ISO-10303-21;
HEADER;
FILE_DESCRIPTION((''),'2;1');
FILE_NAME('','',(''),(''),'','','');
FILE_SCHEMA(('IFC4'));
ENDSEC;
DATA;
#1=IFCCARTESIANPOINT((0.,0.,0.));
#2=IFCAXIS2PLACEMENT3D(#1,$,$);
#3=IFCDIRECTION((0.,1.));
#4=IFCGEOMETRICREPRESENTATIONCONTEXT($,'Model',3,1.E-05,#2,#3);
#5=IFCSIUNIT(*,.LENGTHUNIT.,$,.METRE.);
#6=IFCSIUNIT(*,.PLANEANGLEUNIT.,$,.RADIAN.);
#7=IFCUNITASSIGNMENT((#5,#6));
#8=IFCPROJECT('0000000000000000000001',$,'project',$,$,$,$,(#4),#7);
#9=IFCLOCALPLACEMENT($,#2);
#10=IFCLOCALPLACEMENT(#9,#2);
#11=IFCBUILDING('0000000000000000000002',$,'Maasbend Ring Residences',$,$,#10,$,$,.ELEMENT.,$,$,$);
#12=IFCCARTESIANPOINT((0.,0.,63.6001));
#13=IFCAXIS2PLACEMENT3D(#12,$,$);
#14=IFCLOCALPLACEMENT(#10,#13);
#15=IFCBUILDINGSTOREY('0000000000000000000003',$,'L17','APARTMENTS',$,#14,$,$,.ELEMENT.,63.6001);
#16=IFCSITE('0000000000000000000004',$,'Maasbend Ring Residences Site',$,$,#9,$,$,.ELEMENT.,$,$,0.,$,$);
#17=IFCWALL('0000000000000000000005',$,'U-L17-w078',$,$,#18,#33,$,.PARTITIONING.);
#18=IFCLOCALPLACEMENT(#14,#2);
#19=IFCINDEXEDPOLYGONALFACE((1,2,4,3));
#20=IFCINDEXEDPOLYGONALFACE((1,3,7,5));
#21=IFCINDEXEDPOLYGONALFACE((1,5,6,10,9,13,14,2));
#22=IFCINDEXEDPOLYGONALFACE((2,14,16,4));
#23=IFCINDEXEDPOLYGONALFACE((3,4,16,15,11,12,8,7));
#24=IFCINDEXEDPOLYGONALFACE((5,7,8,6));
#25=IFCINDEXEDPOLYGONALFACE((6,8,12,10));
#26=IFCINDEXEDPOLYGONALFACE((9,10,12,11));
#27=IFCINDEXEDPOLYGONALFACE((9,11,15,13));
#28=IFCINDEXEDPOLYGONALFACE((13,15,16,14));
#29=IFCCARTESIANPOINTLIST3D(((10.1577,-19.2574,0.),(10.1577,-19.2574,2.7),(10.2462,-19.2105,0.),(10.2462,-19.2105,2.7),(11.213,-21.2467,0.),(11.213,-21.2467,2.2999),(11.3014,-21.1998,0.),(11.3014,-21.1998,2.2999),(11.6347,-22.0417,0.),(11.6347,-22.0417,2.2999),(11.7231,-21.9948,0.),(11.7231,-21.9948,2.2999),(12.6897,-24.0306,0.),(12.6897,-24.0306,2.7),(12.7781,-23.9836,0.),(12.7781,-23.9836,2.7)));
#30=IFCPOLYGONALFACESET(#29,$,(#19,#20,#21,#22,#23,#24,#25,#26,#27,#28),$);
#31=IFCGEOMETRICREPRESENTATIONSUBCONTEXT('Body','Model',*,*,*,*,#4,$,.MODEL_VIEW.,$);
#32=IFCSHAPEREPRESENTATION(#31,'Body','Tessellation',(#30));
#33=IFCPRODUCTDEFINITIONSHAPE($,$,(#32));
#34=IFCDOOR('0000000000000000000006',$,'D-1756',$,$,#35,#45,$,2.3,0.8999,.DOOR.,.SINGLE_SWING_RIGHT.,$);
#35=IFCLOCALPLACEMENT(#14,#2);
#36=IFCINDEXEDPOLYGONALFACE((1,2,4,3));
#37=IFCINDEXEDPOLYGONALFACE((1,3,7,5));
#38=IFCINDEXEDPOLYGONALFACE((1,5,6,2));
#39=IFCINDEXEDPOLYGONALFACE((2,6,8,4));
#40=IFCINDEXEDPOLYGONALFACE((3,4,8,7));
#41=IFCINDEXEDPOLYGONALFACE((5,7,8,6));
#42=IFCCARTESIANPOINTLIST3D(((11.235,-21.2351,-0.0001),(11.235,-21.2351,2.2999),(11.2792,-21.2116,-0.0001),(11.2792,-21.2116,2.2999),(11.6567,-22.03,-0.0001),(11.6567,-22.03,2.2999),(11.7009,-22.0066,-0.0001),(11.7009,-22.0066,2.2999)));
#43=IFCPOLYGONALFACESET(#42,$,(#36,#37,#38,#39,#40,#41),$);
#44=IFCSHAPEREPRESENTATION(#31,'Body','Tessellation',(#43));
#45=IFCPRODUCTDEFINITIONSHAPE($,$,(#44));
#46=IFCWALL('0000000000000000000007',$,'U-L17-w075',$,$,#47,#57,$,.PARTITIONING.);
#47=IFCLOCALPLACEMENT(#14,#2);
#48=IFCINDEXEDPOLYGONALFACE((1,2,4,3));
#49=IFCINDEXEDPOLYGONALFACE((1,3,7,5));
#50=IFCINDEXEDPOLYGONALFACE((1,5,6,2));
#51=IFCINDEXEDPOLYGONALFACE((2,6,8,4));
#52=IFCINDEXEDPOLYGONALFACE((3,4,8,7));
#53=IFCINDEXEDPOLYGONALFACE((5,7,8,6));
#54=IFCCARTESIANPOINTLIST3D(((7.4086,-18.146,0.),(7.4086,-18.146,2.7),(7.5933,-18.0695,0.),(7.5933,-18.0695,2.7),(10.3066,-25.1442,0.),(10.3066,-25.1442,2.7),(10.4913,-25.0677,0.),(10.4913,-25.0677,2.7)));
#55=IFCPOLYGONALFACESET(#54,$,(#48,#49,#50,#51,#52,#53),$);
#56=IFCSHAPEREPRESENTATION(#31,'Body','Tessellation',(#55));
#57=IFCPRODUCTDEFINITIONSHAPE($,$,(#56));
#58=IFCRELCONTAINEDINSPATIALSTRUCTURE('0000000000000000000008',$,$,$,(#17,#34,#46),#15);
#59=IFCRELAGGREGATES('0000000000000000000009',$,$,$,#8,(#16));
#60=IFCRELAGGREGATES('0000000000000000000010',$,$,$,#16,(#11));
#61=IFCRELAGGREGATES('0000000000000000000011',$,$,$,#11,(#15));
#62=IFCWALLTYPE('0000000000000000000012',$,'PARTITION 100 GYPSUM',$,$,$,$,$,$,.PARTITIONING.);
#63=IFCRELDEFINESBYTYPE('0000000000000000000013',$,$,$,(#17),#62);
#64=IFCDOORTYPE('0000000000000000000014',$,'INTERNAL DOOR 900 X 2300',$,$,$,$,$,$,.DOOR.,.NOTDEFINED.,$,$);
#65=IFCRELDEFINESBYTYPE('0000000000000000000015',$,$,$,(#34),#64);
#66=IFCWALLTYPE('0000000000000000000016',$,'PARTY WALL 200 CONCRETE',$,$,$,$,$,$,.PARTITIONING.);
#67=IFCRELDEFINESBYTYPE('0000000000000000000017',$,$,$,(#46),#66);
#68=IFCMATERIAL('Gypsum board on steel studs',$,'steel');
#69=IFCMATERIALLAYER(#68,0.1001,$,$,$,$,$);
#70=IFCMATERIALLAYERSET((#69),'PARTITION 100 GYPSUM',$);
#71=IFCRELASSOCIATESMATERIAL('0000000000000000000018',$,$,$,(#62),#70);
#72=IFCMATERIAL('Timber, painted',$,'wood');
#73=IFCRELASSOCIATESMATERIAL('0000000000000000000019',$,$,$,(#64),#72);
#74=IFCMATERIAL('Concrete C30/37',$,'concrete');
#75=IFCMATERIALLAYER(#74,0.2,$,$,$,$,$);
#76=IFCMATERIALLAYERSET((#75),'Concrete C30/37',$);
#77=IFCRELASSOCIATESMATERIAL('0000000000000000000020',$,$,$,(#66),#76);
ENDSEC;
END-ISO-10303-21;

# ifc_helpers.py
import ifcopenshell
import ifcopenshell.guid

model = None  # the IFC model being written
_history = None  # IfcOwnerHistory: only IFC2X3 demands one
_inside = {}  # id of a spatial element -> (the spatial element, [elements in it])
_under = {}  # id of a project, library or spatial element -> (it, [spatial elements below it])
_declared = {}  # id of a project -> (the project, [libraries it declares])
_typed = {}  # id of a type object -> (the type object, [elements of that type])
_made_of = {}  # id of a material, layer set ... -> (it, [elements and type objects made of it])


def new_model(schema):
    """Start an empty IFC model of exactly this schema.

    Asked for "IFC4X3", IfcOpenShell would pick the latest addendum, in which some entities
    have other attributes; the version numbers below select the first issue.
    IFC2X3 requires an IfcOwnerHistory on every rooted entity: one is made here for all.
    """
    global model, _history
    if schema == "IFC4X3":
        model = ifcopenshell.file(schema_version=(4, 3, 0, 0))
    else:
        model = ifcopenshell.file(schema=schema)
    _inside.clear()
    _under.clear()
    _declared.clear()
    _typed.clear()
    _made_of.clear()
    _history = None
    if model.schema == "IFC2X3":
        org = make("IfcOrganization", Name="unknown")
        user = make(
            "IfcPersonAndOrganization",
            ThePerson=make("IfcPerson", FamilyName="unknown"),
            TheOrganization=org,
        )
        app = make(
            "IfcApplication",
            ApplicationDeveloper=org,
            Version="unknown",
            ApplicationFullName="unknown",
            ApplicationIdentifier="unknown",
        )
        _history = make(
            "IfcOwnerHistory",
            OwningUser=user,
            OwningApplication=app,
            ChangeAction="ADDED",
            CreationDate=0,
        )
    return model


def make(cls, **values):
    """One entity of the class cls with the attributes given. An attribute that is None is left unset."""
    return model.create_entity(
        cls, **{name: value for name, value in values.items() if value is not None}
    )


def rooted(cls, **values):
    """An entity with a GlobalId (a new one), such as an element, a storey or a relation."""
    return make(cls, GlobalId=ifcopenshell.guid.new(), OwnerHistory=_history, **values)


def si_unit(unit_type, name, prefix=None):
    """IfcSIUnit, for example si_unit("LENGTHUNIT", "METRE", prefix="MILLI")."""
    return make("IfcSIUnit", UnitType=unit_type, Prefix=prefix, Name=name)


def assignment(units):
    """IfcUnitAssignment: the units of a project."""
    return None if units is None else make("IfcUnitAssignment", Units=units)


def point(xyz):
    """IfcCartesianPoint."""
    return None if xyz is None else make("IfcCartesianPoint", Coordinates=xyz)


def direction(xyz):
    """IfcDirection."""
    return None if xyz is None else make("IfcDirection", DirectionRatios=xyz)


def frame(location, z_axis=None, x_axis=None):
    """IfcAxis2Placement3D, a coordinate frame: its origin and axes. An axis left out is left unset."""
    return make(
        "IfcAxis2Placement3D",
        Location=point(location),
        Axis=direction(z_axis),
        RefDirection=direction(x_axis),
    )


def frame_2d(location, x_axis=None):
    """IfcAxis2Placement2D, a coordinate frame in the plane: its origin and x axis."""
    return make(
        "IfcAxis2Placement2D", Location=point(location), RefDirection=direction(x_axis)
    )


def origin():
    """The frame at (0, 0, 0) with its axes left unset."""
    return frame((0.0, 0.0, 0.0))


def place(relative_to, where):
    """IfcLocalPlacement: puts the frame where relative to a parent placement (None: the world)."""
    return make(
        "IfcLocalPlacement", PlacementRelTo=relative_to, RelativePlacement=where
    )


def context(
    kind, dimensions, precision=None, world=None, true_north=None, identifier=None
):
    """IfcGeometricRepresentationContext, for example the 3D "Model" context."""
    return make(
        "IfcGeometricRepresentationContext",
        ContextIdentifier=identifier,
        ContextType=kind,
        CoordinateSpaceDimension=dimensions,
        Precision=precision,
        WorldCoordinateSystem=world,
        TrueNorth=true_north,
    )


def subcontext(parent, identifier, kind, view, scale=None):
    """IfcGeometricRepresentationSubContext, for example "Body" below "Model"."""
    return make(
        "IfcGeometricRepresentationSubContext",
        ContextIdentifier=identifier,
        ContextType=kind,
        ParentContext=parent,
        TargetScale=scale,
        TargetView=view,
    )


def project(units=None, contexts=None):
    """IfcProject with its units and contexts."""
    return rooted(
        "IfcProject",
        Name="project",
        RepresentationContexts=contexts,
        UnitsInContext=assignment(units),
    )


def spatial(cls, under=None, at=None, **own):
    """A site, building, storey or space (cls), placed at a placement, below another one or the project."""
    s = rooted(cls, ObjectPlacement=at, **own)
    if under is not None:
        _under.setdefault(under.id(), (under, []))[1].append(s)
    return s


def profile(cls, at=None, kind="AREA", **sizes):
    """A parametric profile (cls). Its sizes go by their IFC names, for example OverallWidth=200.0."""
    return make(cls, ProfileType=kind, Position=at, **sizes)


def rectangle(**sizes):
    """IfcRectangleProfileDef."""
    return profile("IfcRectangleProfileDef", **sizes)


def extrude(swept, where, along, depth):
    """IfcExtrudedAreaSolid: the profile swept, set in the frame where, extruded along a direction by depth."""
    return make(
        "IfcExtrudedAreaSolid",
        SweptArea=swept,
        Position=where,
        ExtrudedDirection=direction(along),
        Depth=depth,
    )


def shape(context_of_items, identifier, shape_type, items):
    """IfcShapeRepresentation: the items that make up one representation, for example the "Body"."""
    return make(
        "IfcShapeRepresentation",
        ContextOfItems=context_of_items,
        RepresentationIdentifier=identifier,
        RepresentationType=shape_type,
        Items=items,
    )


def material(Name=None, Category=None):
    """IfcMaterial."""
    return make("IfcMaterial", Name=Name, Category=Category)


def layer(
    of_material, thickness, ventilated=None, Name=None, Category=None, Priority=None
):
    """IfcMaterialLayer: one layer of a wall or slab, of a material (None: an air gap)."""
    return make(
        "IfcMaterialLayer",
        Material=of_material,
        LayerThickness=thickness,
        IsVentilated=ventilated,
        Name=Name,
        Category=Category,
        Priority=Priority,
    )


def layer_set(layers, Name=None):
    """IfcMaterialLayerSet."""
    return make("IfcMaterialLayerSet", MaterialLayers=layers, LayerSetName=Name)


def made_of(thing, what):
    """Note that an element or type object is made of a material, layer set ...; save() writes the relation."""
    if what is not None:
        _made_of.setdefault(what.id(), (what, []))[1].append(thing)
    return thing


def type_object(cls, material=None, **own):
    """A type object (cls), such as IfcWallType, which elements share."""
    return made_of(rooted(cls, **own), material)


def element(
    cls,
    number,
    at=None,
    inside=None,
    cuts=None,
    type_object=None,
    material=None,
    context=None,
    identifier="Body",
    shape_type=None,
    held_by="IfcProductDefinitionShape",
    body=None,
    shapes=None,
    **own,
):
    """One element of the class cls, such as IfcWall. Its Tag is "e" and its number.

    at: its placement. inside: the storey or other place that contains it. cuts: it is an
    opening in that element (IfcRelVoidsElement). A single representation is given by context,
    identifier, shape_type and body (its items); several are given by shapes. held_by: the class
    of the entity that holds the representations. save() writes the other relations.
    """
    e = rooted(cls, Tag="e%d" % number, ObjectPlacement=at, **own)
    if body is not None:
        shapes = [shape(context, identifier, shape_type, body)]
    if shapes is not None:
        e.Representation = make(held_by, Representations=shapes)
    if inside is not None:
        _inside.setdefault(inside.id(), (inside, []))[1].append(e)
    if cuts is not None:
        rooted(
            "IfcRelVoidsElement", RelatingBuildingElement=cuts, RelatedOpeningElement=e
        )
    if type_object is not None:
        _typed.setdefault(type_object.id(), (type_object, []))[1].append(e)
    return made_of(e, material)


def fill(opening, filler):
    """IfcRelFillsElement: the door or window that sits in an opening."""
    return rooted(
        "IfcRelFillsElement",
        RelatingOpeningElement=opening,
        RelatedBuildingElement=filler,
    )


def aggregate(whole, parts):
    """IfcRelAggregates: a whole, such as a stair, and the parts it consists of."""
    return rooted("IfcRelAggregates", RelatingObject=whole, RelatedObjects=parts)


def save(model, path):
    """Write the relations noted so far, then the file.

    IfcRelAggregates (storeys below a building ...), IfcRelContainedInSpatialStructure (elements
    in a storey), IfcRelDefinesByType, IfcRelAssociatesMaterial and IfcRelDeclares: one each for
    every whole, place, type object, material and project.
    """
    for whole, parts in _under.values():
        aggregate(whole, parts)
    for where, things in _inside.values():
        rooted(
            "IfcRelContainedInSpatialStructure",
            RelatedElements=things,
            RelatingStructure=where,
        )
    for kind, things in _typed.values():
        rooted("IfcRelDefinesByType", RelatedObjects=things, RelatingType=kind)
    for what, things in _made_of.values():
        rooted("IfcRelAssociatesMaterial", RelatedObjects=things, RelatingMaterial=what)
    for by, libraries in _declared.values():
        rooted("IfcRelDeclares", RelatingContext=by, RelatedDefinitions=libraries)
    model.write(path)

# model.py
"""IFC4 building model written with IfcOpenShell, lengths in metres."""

from ifc_helpers import new_model, si_unit, direction, frame, frame_2d, origin, place, context, subcontext, project, spatial, rectangle, extrude, material, layer, layer_set, type_object, element, fill, save


model = new_model("IFC4")

# Units and contexts
model_context = context("Model", 3, precision=1e-05, world=origin(), true_north=direction((0.0, 1.0)))
body_context = subcontext(model_context, "Body", "Model", "MODEL_VIEW")
ifc_project = project(units=[si_unit("LENGTHUNIT", "METRE"), si_unit("PLANEANGLEUNIT", "RADIAN")], contexts=[model_context])

# Site, building, storey
site_placement = place(None, origin())
site = spatial("IfcSite", under=ifc_project, at=site_placement, Name="Maasbend Ring Residences Site", CompositionType="ELEMENT", RefElevation=0.0)
building_placement = place(site_placement, origin())
building = spatial("IfcBuilding", under=site, at=building_placement, Name="Maasbend Ring Residences", CompositionType="ELEMENT")
storey_placement = place(building_placement, frame((0.0, 0.0, 63.6001)))
storey = spatial("IfcBuildingStorey", under=building, at=storey_placement, Name="L17", Description="APARTMENTS", CompositionType="ELEMENT", Elevation=63.6001)

# Shared definitions
ifc_material_1 = material(Name="Gypsum board on steel studs", Category="steel")
ifc_layer_1 = layer(ifc_material_1, 0.1001)
ifc_layer_set_1 = layer_set([ifc_layer_1], Name="PARTITION 100 GYPSUM")
wall_type_1 = type_object("IfcWallType", Name="PARTITION 100 GYPSUM", PredefinedType="PARTITIONING", material=ifc_layer_set_1)

# Shared definitions
ifc_material_2 = material(Name="Timber, painted", Category="wood")
door_type_1 = type_object("IfcDoorType", Name="INTERNAL DOOR 900 X 2300", OperationType="NOTDEFINED", PredefinedType="DOOR", material=ifc_material_2)

# Wall, opening, door
wall_1_placement = place(storey_placement, frame((10.2019, -19.2339, 0.0), z_axis=(0.0, 0.0, 1.0), x_axis=(0.46861, -0.883405, 0.0)))
wall_1 = element("IfcWall", 1, at=wall_1_placement, inside=storey, type_object=wall_type_1, Name="U-L17-w078", PredefinedType="PARTITIONING", context=body_context, shape_type="SweptSolid", body=[
    extrude(rectangle(XDim=5.4031, YDim=0.1001, at=frame_2d((2.7017, 0.0))), origin(), (0.0, 0.0, 1.0), 2.7),
])
opening_1_placement = place(wall_1_placement, frame((2.252, 0.0, 0.0)))
opening_1 = element("IfcOpeningElement", 2, at=opening_1_placement, cuts=wall_1, PredefinedType="OPENING", context=body_context, shape_type="SweptSolid", body=[
    extrude(rectangle(XDim=0.8999, YDim=2.3, at=frame_2d((0.45, 1.1499))), frame((0.0, 0.0601, 0.0), z_axis=(0.0, -1.0, 0.0), x_axis=(1.0, 0.0, 0.0)), (0.0, 0.0, 1.0), 0.1201),
])
door_1_placement = place(opening_1_placement, origin())
door_1 = element("IfcDoor", 3, at=door_1_placement, inside=storey, type_object=door_type_1, Name="D-1756", OperationType="SINGLE_SWING_RIGHT", OverallHeight=2.3, OverallWidth=0.8999, PredefinedType="DOOR", context=body_context, shape_type="SweptSolid", body=[
    extrude(rectangle(XDim=0.8999, YDim=2.3, at=frame_2d((0.45, 1.1499))), frame((0.0, 0.0249, 0.0), z_axis=(0.0, -1.0, 0.0), x_axis=(1.0, 0.0, 0.0)), (0.0, 0.0, 1.0), 0.05),
])
fill(opening_1, door_1)

# Wall
ifc_material_3 = material(Name="Concrete C30/37", Category="concrete")
ifc_layer_2 = layer(ifc_material_3, 0.2)
ifc_layer_set_2 = layer_set([ifc_layer_2], Name="Concrete C30/37")
wall_type_2 = type_object("IfcWallType", Name="PARTY WALL 200 CONCRETE", PredefinedType="PARTITIONING", material=ifc_layer_set_2)
wall_2_placement = place(storey_placement, frame((7.501, -18.1079, 0.0), z_axis=(0.0, 0.0, 1.0), x_axis=(0.3826, -0.923914, 0.0)))
element("IfcWall", 4, at=wall_2_placement, inside=storey, type_object=wall_type_2, Name="U-L17-w075", PredefinedType="PARTITIONING", context=body_context, shape_type="SweptSolid", body=[
    extrude(rectangle(XDim=7.5745, YDim=0.2, at=frame_2d((3.7871, 0.0))), origin(), (0.0, 0.0, 1.0), 2.7),
])

save(model, "model.ifc")
